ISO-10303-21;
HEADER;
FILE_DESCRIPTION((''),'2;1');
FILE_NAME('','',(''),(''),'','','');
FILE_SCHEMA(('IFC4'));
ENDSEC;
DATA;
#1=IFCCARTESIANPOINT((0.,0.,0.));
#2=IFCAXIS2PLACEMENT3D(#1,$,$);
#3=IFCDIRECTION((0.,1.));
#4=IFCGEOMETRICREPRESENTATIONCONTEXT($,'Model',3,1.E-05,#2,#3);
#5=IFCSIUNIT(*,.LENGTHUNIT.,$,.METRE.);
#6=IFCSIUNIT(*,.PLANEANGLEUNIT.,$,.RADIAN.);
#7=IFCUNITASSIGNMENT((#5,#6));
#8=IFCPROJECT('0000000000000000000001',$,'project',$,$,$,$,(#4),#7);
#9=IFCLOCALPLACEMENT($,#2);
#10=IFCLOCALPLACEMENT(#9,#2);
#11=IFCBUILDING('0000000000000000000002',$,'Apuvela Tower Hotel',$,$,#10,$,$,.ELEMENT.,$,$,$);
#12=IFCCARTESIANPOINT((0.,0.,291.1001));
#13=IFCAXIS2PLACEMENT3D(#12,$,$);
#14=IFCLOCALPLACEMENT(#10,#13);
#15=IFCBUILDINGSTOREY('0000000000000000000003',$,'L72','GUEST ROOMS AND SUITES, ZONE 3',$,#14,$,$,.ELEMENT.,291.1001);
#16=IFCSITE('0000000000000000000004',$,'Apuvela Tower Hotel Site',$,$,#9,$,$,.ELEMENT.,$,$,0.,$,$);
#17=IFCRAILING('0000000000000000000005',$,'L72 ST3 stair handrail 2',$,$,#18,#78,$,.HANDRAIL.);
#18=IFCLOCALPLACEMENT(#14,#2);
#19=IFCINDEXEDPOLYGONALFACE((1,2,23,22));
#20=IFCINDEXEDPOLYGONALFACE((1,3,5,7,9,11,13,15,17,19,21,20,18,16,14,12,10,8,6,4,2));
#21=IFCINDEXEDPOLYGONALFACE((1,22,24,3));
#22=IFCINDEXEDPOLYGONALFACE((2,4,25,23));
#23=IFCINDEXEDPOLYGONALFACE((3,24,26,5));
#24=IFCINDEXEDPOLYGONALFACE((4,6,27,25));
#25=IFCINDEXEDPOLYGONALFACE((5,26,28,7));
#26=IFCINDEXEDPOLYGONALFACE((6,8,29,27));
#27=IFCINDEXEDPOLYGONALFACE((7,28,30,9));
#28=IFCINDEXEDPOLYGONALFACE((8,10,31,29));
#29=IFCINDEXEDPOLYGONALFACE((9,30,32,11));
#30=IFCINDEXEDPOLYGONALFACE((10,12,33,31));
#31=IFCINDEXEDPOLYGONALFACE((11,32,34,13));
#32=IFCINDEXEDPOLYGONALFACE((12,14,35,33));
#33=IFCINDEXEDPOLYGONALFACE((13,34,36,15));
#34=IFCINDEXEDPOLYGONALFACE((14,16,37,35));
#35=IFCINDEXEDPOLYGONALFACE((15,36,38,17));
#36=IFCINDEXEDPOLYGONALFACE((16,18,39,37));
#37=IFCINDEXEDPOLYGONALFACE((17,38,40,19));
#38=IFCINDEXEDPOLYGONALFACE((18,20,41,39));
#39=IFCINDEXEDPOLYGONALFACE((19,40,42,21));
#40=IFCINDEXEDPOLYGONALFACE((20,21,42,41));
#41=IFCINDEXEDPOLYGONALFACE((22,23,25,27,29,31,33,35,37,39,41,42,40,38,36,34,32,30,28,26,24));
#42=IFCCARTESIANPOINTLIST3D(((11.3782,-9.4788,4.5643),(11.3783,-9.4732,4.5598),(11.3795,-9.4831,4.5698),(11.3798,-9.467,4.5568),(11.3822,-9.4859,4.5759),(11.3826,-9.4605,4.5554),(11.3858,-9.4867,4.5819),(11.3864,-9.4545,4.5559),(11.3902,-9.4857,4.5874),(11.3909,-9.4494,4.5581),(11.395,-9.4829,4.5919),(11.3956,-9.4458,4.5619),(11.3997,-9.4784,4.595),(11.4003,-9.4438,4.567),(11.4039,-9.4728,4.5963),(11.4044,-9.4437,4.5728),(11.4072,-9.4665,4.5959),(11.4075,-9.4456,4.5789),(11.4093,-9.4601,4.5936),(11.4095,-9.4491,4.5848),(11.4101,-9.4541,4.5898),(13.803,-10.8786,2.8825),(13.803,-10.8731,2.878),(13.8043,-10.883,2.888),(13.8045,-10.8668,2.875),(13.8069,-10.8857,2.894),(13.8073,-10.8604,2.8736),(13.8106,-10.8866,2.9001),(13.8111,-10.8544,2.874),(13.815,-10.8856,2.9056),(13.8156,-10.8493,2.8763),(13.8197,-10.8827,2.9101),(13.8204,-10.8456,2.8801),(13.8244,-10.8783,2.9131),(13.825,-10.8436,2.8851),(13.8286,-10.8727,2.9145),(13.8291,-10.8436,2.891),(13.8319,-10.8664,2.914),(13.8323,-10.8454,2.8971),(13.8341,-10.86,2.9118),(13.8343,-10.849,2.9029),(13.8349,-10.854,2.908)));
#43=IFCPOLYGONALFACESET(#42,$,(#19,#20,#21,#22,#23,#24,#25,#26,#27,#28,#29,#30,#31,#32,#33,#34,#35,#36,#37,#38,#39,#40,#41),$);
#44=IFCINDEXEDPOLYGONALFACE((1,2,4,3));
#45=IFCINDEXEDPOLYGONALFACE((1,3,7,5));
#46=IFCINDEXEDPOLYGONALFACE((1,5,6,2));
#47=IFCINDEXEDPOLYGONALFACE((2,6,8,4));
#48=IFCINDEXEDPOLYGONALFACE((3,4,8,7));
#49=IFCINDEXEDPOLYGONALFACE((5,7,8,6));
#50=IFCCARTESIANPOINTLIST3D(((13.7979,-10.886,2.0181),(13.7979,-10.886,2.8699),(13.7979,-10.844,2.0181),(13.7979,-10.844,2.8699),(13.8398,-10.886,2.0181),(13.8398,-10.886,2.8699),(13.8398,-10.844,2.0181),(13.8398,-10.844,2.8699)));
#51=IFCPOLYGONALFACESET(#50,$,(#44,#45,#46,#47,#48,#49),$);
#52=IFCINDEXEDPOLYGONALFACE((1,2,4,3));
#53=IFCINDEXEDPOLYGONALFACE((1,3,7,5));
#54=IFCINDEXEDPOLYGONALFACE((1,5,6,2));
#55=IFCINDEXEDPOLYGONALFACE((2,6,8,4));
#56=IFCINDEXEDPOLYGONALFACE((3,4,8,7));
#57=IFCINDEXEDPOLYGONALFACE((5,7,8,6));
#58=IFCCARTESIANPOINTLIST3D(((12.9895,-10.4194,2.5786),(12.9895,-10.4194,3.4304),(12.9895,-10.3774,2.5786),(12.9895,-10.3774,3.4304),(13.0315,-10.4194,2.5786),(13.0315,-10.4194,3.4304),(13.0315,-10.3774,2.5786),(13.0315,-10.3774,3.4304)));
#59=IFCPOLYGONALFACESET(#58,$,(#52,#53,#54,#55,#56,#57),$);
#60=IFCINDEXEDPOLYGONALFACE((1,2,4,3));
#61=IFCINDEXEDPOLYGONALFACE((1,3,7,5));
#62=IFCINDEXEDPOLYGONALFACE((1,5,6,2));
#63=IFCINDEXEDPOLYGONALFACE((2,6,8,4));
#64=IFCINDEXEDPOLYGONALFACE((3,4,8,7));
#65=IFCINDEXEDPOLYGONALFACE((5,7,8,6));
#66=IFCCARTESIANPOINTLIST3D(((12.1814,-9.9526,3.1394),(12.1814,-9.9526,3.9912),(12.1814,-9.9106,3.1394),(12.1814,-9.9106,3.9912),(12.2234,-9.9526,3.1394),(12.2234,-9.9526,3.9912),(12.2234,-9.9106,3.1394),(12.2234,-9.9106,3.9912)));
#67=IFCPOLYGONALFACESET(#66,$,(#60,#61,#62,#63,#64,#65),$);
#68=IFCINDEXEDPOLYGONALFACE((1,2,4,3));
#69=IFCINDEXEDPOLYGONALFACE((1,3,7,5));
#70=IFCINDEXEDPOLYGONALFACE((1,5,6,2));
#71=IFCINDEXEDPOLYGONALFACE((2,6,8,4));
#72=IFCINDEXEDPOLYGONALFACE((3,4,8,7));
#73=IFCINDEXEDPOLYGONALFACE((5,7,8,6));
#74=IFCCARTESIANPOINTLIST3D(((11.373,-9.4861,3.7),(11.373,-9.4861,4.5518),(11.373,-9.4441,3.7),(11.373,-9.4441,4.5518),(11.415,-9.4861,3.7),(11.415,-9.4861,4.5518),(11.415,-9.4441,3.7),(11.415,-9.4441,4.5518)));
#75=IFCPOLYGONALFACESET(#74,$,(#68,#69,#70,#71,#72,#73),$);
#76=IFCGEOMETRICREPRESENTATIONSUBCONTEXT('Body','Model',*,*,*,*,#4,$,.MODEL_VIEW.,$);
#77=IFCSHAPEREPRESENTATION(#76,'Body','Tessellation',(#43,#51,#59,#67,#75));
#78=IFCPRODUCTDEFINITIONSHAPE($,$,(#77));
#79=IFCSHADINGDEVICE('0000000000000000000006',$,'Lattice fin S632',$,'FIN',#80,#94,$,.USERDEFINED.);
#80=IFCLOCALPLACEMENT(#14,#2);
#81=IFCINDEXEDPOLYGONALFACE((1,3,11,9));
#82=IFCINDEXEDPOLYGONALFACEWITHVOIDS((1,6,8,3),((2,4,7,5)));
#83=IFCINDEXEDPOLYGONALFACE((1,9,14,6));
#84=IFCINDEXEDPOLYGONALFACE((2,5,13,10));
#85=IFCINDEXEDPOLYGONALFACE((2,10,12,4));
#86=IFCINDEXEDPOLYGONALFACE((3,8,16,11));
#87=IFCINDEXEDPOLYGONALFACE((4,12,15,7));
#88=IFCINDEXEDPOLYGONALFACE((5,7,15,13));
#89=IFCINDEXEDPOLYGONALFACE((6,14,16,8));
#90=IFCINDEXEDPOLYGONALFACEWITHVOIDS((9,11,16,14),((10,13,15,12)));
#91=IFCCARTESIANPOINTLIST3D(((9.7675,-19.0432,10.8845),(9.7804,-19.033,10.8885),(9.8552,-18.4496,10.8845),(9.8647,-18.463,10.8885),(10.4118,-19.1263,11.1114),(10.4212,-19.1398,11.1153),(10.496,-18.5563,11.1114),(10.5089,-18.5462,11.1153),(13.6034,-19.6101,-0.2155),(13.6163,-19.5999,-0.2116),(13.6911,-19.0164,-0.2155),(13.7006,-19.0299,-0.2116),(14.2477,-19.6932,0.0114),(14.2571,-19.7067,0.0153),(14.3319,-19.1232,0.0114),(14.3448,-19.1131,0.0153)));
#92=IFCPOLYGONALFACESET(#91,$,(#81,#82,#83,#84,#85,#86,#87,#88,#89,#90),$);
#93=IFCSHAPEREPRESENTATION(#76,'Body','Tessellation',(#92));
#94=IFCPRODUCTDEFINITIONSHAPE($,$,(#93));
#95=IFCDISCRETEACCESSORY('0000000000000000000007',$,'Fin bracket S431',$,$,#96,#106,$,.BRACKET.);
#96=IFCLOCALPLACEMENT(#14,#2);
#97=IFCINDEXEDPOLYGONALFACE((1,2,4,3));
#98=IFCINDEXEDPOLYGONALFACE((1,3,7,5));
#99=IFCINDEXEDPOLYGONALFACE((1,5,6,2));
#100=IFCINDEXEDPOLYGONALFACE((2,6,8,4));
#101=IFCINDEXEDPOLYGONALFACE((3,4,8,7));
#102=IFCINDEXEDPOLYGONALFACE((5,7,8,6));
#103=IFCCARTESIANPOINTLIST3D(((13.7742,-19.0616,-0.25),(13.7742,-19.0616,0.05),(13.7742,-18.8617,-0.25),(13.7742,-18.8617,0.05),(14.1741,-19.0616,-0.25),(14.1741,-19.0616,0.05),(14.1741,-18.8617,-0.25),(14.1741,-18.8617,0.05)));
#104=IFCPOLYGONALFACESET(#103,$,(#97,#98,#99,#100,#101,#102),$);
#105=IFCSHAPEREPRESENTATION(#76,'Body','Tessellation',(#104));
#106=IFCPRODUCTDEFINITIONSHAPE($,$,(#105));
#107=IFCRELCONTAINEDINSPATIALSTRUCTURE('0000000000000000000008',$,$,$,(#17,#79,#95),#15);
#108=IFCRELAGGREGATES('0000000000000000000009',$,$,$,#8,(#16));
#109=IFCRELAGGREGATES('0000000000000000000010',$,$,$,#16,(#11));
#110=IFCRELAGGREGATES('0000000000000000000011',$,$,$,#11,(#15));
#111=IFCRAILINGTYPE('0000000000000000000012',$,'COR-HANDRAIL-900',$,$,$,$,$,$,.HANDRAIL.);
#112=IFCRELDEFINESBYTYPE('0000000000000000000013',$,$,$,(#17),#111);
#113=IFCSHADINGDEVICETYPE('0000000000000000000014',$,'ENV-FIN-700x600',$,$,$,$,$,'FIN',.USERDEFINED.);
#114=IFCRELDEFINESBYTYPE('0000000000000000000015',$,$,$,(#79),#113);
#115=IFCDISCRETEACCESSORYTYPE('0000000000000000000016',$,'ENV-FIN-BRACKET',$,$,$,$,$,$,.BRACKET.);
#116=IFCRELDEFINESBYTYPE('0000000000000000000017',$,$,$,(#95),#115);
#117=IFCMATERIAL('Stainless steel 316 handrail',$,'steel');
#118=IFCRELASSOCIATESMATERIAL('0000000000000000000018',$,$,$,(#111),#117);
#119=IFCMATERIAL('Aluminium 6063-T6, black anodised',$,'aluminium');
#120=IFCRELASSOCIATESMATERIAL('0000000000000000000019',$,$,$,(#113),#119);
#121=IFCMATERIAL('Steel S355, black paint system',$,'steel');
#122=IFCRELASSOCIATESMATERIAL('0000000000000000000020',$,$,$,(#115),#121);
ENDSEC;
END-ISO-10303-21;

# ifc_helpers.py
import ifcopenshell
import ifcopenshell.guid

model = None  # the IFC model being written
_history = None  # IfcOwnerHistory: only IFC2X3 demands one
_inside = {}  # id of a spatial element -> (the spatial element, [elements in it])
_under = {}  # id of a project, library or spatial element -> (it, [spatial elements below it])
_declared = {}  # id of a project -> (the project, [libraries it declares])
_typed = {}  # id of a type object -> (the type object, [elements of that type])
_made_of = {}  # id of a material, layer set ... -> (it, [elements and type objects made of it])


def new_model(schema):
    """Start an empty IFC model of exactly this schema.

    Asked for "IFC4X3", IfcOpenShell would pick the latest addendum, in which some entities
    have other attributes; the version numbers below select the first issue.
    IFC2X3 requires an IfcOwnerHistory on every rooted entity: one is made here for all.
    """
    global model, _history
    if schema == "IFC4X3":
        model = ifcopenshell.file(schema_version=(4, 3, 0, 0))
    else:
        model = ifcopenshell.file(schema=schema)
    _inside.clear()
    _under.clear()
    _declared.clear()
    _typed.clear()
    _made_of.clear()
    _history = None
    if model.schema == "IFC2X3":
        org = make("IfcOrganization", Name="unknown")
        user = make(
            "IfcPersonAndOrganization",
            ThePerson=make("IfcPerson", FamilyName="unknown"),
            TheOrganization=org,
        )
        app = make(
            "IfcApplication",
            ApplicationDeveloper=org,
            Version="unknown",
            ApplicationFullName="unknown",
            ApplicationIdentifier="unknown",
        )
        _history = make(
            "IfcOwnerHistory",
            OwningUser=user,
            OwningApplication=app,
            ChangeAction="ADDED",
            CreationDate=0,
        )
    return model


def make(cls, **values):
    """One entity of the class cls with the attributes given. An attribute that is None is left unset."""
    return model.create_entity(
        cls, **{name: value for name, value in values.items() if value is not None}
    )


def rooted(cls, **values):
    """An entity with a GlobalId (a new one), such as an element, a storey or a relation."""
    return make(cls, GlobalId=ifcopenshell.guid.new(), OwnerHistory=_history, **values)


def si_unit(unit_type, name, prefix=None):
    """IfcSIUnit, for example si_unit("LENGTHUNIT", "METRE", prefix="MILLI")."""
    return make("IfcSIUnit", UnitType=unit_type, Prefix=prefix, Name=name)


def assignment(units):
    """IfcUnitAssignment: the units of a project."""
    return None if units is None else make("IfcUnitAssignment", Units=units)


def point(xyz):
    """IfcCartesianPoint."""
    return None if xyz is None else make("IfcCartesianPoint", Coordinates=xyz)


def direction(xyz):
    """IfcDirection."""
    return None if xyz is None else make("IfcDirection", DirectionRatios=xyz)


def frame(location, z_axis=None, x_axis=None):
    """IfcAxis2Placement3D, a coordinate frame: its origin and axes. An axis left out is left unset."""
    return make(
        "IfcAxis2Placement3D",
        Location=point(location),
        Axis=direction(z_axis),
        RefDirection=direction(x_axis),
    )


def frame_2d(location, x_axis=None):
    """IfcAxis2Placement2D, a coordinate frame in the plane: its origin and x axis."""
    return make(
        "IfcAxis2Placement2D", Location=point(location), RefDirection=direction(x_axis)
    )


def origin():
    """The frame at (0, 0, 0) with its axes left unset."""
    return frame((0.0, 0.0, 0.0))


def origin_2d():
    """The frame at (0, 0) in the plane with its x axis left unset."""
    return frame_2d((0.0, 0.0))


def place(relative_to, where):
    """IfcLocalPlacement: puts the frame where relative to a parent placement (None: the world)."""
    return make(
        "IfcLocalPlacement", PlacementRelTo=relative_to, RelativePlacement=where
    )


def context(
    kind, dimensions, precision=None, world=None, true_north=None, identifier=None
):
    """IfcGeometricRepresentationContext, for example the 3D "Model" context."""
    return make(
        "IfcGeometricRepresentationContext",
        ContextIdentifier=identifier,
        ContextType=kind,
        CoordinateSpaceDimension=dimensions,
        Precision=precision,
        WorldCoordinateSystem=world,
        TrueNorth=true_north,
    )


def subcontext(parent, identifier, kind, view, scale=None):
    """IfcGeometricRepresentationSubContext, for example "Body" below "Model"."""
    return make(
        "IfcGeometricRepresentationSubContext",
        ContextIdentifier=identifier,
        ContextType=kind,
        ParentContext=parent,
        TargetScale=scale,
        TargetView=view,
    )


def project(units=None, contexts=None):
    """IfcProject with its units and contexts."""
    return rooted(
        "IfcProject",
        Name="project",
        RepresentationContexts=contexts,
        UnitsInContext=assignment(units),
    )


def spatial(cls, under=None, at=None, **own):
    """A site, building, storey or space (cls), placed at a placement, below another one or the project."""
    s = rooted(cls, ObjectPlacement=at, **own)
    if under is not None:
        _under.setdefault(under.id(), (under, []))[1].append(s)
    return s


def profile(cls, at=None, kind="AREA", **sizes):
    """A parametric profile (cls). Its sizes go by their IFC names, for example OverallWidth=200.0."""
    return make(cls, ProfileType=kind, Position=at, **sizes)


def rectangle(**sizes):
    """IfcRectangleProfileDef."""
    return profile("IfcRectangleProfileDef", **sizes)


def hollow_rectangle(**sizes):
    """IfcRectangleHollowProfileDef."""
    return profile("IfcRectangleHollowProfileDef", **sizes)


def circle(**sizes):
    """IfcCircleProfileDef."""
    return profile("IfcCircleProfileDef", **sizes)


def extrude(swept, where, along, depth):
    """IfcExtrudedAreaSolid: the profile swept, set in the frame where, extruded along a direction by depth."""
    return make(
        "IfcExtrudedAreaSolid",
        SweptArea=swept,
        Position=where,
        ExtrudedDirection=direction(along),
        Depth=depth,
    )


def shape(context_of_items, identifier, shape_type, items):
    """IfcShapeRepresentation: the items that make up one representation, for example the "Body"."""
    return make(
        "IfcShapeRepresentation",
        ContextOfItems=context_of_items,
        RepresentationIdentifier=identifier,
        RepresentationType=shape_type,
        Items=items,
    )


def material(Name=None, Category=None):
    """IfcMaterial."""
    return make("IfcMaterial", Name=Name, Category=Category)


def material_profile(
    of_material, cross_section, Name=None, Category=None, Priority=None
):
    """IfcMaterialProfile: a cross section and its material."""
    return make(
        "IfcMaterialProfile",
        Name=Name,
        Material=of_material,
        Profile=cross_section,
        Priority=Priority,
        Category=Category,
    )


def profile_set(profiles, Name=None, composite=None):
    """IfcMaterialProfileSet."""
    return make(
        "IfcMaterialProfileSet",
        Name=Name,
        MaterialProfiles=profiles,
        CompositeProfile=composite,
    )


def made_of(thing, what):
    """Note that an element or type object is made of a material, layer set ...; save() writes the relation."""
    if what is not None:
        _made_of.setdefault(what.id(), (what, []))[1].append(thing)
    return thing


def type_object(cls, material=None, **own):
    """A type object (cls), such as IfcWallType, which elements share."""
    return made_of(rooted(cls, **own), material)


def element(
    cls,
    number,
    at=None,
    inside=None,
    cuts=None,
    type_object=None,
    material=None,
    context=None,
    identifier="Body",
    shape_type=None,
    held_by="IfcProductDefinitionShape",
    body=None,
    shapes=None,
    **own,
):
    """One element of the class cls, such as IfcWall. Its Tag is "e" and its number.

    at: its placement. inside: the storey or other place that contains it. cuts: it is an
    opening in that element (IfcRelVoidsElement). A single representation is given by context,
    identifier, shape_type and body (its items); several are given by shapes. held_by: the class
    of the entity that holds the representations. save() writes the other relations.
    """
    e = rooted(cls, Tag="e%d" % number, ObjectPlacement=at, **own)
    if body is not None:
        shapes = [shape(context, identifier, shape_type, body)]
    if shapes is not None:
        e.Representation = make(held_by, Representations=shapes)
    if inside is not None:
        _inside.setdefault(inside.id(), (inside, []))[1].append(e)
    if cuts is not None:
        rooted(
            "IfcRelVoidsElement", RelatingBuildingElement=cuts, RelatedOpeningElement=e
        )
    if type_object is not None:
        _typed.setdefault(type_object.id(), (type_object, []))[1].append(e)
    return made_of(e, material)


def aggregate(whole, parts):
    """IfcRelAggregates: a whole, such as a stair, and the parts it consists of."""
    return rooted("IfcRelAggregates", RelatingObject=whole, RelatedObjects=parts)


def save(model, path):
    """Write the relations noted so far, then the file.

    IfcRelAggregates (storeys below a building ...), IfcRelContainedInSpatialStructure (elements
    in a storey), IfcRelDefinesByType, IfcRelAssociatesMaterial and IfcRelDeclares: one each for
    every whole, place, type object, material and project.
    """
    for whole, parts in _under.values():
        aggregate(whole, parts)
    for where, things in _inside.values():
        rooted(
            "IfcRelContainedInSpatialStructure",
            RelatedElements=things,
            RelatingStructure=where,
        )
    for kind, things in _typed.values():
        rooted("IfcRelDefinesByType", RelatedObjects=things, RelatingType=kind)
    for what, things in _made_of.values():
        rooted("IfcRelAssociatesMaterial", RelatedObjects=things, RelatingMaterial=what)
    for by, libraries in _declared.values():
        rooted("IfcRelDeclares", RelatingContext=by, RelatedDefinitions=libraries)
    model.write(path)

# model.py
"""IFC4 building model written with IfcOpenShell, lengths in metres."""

from ifc_helpers import new_model, si_unit, direction, frame, origin, origin_2d, place, context, subcontext, project, spatial, rectangle, hollow_rectangle, circle, extrude, material, material_profile, profile_set, type_object, element, save


model = new_model("IFC4")

# Units and contexts
model_context = context("Model", 3, precision=1e-05, world=origin(), true_north=direction((0.0, 1.0)))
body_context = subcontext(model_context, "Body", "Model", "MODEL_VIEW")
ifc_project = project(units=[si_unit("LENGTHUNIT", "METRE"), si_unit("PLANEANGLEUNIT", "RADIAN")], contexts=[model_context])

# Site, building, storey
site_placement = place(None, origin())
site = spatial("IfcSite", under=ifc_project, at=site_placement, Name="Apuvela Tower Hotel Site", CompositionType="ELEMENT", RefElevation=0.0)
building_placement = place(site_placement, origin())
building = spatial("IfcBuilding", under=site, at=building_placement, Name="Apuvela Tower Hotel", CompositionType="ELEMENT")
storey_placement = place(building_placement, frame((0.0, 0.0, 291.1001)))
storey = spatial("IfcBuildingStorey", under=building, at=storey_placement, Name="L72", Description="GUEST ROOMS AND SUITES, ZONE 3", CompositionType="ELEMENT", Elevation=291.1001)

# Railing
ifc_material_1 = material(Name="Stainless steel 316 handrail", Category="steel")
railing_type_1 = type_object("IfcRailingType", Name="COR-HANDRAIL-900", PredefinedType="HANDRAIL", material=ifc_material_1)
railing_1_placement = place(storey_placement, frame((13.8188, -10.865, 2.0181)))
element("IfcRailing", 1, at=railing_1_placement, inside=storey, type_object=railing_type_1, Name="L72 ST3 stair handrail 2", PredefinedType="HANDRAIL", context=body_context, shape_type="SweptSolid", body=[
    extrude(circle(Radius=0.0239, at=origin_2d()), frame((0.0, 0.0, 0.876), z_axis=(-0.74239, 0.428601, 0.514934), x_axis=(-0.499984, -0.866035, 0.0)), (0.0, 0.0, 1.0), 3.2661),
    extrude(rectangle(XDim=0.042, YDim=0.042, at=origin_2d()), origin(), (0.0, 0.0, 1.0), 0.8518),
    extrude(rectangle(XDim=0.042, YDim=0.042, at=origin_2d()), frame((-0.8083, 0.4666, 0.5605)), (0.0, 0.0, 1.0), 0.8518),
    extrude(rectangle(XDim=0.042, YDim=0.042, at=origin_2d()), frame((-1.6165, 0.9333, 1.1213)), (0.0, 0.0, 1.0), 0.8518),
    extrude(rectangle(XDim=0.042, YDim=0.042, at=origin_2d()), frame((-2.4248, 1.3999, 1.6819)), (0.0, 0.0, 1.0), 0.8518),
])

# Shading device
ifc_material_2 = material(Name="Aluminium 6063-T6, black anodised", Category="aluminium")
ifc_material_profile_1 = material_profile(ifc_material_2, hollow_rectangle(XDim=0.6001, YDim=0.7, WallThickness=0.012, at=origin_2d()), Name="AL BOX 700x600x12")
ifc_profile_set_1 = profile_set([ifc_material_profile_1], Name="Aluminium 6063-T6, black anodised")
shading_device_type = type_object("IfcShadingDeviceType", Name="ENV-FIN-700x600", ElementType="FIN", PredefinedType="USERDEFINED", material=ifc_profile_set_1)
shading_device_placement = place(storey_placement, frame((13.9741, -19.3616, -0.1001), z_axis=(-0.326244, 0.048214, 0.944055), x_axis=(-0.146197, -0.989255, 0.0)))
element("IfcShadingDevice", 2, at=shading_device_placement, inside=storey, type_object=shading_device_type, Name="Lattice fin S632", ObjectType="FIN", PredefinedType="USERDEFINED", context=body_context, shape_type="SweptSolid", body=[
    extrude(hollow_rectangle(XDim=0.6001, YDim=0.7, WallThickness=0.012, at=origin_2d()), origin(), (0.0, 0.0, 1.0), 11.7578),
])

# Discrete accessory
ifc_material_3 = material(Name="Steel S355, black paint system", Category="steel")
discrete_accessory_type = type_object("IfcDiscreteAccessoryType", Name="ENV-FIN-BRACKET", PredefinedType="BRACKET", material=ifc_material_3)
discrete_accessory_placement = place(storey_placement, frame((13.9741, -18.9617, -0.25), z_axis=(0.0, 0.0, 1.0), x_axis=(1.0, 0.0, 0.0)))
element("IfcDiscreteAccessory", 3, at=discrete_accessory_placement, inside=storey, type_object=discrete_accessory_type, Name="Fin bracket S431", PredefinedType="BRACKET", context=body_context, shape_type="SweptSolid", body=[
    extrude(rectangle(XDim=0.3999, YDim=0.2, at=origin_2d()), origin(), (0.0, 0.0, 1.0), 0.3),
])

save(model, "model.ifc")
